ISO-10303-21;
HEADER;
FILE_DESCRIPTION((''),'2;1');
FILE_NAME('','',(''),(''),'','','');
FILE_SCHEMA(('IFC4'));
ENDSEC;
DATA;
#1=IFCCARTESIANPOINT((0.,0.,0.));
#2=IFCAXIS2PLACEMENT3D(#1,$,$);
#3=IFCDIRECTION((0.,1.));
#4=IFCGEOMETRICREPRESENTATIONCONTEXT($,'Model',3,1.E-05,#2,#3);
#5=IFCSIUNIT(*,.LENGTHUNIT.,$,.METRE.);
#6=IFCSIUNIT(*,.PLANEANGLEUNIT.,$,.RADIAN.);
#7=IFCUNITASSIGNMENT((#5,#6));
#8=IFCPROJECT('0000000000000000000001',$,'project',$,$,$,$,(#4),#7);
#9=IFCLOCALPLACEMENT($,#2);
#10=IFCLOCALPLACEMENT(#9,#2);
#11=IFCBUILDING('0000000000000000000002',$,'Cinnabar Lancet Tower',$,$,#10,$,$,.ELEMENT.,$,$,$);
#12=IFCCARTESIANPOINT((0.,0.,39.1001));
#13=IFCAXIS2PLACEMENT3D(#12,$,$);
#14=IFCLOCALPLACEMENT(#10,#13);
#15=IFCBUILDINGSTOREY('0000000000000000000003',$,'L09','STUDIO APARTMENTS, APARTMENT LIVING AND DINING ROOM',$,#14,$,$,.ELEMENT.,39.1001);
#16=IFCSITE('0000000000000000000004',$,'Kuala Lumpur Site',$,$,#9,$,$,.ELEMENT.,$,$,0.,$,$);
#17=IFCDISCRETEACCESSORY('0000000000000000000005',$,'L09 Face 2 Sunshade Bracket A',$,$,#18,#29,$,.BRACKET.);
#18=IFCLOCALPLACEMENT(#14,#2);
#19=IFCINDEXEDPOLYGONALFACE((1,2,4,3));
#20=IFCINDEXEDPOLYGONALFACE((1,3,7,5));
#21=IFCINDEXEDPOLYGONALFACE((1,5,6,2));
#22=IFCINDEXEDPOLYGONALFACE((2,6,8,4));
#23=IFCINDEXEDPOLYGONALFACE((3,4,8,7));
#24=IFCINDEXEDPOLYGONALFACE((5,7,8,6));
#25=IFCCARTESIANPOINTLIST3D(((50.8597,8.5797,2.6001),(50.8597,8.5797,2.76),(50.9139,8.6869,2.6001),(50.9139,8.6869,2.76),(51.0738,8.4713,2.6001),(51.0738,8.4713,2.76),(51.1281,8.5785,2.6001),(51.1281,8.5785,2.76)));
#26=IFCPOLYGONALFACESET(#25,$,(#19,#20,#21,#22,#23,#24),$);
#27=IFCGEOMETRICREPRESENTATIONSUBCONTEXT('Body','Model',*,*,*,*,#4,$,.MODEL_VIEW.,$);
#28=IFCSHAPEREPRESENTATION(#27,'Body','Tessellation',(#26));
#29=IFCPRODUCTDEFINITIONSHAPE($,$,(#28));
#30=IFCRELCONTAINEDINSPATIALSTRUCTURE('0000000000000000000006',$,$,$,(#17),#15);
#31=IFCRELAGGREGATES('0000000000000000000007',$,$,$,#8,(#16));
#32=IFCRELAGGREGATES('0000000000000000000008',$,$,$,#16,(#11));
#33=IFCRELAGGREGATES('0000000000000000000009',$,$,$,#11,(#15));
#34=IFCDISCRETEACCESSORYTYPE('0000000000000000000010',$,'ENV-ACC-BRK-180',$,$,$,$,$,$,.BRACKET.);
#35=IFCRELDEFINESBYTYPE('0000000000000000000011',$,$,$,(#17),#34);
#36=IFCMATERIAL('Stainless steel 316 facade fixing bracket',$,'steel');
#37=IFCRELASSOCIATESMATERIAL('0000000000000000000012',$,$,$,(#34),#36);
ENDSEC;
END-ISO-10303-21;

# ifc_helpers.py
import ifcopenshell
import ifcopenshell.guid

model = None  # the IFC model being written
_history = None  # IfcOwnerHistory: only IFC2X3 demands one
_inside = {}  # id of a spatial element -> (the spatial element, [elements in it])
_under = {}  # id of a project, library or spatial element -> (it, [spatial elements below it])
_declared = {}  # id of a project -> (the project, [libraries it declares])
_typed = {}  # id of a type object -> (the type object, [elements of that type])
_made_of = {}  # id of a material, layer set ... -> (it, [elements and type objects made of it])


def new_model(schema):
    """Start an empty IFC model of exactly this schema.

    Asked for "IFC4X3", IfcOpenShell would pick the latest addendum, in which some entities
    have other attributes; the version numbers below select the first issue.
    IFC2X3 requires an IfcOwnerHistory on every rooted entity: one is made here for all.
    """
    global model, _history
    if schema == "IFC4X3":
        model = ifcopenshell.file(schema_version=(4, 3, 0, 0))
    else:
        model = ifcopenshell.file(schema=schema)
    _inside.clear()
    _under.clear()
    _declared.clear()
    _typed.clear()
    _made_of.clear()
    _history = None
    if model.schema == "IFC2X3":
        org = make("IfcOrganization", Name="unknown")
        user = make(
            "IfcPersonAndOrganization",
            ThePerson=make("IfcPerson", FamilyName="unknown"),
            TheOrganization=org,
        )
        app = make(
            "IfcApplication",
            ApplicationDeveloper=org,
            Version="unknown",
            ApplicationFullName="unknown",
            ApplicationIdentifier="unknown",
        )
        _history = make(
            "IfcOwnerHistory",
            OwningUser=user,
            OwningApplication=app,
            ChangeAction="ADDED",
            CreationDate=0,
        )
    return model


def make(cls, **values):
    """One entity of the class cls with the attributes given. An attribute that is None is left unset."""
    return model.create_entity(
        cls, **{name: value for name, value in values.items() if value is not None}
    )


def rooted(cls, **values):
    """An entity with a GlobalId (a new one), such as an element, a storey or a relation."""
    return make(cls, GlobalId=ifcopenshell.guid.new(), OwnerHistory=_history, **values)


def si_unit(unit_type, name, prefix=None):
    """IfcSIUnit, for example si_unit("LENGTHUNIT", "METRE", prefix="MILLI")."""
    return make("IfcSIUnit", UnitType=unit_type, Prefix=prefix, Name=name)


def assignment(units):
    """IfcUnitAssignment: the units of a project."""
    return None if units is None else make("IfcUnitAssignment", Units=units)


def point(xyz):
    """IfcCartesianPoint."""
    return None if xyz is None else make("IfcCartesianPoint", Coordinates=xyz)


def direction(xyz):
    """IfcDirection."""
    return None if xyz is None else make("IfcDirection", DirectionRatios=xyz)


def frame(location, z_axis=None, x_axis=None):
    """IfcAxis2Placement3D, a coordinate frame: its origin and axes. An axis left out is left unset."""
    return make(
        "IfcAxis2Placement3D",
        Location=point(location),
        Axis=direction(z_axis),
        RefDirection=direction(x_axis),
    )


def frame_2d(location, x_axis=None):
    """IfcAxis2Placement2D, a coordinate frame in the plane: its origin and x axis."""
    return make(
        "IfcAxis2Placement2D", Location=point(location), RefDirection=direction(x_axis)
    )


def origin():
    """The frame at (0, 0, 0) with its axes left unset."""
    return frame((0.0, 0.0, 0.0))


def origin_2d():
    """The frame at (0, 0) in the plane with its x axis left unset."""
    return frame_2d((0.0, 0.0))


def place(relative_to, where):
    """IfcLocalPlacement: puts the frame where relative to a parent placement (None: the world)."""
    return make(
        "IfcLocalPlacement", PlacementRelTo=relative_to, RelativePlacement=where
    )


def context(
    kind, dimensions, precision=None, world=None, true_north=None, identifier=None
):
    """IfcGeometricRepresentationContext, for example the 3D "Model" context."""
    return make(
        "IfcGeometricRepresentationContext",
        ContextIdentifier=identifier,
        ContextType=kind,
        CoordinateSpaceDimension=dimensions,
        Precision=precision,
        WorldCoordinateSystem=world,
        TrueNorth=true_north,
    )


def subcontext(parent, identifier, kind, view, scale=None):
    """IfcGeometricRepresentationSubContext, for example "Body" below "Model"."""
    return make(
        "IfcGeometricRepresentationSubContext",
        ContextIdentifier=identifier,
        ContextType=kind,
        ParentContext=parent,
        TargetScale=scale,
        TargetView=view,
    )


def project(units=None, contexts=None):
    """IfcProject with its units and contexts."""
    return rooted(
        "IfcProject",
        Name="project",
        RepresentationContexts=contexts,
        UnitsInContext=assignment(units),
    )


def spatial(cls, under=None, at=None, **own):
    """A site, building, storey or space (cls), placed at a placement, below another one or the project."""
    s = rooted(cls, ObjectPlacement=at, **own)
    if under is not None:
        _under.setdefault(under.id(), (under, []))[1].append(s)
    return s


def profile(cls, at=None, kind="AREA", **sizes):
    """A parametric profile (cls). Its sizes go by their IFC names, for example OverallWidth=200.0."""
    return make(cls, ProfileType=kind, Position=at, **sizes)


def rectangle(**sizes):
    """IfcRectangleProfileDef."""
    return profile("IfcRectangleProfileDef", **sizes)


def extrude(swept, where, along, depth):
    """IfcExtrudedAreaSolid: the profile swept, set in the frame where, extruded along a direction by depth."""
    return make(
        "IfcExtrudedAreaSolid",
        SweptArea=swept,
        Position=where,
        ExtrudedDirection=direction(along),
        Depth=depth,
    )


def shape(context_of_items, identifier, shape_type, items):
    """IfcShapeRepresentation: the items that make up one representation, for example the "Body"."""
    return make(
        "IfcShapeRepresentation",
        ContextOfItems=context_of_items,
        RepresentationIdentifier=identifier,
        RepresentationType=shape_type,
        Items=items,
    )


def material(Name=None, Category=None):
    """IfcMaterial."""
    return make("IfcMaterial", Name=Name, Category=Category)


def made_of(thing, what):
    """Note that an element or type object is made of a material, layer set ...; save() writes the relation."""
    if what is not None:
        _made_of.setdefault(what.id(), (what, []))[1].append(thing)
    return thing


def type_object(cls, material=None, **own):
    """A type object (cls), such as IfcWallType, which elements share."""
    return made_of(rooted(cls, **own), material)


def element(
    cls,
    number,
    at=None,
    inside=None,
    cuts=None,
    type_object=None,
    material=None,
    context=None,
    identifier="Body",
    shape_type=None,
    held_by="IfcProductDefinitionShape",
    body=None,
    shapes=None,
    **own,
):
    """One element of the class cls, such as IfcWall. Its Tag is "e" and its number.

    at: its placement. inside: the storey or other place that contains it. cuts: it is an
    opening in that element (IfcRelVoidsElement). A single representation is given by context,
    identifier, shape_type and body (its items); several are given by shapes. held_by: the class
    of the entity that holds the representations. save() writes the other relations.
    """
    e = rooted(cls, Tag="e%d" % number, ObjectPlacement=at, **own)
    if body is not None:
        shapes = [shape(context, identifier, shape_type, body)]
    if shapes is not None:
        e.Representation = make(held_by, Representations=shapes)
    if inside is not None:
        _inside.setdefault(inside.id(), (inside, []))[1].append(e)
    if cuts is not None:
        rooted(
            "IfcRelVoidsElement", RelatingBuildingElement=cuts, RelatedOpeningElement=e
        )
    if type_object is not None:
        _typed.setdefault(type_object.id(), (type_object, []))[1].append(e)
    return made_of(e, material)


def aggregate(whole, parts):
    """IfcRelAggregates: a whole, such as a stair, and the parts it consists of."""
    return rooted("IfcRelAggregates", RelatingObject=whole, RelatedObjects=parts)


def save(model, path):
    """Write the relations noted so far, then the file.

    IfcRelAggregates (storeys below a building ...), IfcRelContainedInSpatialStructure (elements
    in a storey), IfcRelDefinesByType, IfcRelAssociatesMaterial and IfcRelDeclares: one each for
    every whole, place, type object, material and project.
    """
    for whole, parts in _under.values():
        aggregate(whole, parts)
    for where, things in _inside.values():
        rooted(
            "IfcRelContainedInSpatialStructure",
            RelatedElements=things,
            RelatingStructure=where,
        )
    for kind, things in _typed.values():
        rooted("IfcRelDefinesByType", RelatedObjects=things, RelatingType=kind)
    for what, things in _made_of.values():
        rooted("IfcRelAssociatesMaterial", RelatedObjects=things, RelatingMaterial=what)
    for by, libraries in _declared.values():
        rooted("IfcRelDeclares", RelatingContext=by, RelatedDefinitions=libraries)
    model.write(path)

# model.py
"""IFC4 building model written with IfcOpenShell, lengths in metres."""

from ifc_helpers import new_model, si_unit, direction, frame, origin, origin_2d, place, context, subcontext, project, spatial, rectangle, extrude, material, type_object, element, save


model = new_model("IFC4")

# Units and contexts
model_context = context("Model", 3, precision=1e-05, world=origin(), true_north=direction((0.0, 1.0)))
body_context = subcontext(model_context, "Body", "Model", "MODEL_VIEW")
ifc_project = project(units=[si_unit("LENGTHUNIT", "METRE"), si_unit("PLANEANGLEUNIT", "RADIAN")], contexts=[model_context])

# Site, building, storey
site_placement = place(None, origin())
site = spatial("IfcSite", under=ifc_project, at=site_placement, Name="Kuala Lumpur Site", CompositionType="ELEMENT", RefElevation=0.0)
building_placement = place(site_placement, origin())
building = spatial("IfcBuilding", under=site, at=building_placement, Name="Cinnabar Lancet Tower", CompositionType="ELEMENT")
storey_placement = place(building_placement, frame((0.0, 0.0, 39.1001)))
storey = spatial("IfcBuildingStorey", under=building, at=storey_placement, Name="L09", Description="STUDIO APARTMENTS, APARTMENT LIVING AND DINING ROOM", CompositionType="ELEMENT", Elevation=39.1001)

# Discrete accessory
ifc_material_1 = material(Name="Stainless steel 316 facade fixing bracket", Category="steel")
discrete_accessory_type = type_object("IfcDiscreteAccessoryType", Name="ENV-ACC-BRK-180", PredefinedType="BRACKET", material=ifc_material_1)
discrete_accessory_placement = place(storey_placement, frame((50.9939, 8.5791, 2.6001), z_axis=(0.0, 0.0, 1.0), x_axis=(0.451501, 0.892271, 0.0)))
element("IfcDiscreteAccessory", 1, at=discrete_accessory_placement, inside=storey, type_object=discrete_accessory_type, Name="L09 Face 2 Sunshade Bracket A", PredefinedType="BRACKET", context=body_context, shape_type="SweptSolid", body=[
    extrude(rectangle(XDim=0.1201, YDim=0.24, at=origin_2d()), origin(), (0.0, 0.0, 1.0), 0.1599),
])

save(model, "model.ifc")
